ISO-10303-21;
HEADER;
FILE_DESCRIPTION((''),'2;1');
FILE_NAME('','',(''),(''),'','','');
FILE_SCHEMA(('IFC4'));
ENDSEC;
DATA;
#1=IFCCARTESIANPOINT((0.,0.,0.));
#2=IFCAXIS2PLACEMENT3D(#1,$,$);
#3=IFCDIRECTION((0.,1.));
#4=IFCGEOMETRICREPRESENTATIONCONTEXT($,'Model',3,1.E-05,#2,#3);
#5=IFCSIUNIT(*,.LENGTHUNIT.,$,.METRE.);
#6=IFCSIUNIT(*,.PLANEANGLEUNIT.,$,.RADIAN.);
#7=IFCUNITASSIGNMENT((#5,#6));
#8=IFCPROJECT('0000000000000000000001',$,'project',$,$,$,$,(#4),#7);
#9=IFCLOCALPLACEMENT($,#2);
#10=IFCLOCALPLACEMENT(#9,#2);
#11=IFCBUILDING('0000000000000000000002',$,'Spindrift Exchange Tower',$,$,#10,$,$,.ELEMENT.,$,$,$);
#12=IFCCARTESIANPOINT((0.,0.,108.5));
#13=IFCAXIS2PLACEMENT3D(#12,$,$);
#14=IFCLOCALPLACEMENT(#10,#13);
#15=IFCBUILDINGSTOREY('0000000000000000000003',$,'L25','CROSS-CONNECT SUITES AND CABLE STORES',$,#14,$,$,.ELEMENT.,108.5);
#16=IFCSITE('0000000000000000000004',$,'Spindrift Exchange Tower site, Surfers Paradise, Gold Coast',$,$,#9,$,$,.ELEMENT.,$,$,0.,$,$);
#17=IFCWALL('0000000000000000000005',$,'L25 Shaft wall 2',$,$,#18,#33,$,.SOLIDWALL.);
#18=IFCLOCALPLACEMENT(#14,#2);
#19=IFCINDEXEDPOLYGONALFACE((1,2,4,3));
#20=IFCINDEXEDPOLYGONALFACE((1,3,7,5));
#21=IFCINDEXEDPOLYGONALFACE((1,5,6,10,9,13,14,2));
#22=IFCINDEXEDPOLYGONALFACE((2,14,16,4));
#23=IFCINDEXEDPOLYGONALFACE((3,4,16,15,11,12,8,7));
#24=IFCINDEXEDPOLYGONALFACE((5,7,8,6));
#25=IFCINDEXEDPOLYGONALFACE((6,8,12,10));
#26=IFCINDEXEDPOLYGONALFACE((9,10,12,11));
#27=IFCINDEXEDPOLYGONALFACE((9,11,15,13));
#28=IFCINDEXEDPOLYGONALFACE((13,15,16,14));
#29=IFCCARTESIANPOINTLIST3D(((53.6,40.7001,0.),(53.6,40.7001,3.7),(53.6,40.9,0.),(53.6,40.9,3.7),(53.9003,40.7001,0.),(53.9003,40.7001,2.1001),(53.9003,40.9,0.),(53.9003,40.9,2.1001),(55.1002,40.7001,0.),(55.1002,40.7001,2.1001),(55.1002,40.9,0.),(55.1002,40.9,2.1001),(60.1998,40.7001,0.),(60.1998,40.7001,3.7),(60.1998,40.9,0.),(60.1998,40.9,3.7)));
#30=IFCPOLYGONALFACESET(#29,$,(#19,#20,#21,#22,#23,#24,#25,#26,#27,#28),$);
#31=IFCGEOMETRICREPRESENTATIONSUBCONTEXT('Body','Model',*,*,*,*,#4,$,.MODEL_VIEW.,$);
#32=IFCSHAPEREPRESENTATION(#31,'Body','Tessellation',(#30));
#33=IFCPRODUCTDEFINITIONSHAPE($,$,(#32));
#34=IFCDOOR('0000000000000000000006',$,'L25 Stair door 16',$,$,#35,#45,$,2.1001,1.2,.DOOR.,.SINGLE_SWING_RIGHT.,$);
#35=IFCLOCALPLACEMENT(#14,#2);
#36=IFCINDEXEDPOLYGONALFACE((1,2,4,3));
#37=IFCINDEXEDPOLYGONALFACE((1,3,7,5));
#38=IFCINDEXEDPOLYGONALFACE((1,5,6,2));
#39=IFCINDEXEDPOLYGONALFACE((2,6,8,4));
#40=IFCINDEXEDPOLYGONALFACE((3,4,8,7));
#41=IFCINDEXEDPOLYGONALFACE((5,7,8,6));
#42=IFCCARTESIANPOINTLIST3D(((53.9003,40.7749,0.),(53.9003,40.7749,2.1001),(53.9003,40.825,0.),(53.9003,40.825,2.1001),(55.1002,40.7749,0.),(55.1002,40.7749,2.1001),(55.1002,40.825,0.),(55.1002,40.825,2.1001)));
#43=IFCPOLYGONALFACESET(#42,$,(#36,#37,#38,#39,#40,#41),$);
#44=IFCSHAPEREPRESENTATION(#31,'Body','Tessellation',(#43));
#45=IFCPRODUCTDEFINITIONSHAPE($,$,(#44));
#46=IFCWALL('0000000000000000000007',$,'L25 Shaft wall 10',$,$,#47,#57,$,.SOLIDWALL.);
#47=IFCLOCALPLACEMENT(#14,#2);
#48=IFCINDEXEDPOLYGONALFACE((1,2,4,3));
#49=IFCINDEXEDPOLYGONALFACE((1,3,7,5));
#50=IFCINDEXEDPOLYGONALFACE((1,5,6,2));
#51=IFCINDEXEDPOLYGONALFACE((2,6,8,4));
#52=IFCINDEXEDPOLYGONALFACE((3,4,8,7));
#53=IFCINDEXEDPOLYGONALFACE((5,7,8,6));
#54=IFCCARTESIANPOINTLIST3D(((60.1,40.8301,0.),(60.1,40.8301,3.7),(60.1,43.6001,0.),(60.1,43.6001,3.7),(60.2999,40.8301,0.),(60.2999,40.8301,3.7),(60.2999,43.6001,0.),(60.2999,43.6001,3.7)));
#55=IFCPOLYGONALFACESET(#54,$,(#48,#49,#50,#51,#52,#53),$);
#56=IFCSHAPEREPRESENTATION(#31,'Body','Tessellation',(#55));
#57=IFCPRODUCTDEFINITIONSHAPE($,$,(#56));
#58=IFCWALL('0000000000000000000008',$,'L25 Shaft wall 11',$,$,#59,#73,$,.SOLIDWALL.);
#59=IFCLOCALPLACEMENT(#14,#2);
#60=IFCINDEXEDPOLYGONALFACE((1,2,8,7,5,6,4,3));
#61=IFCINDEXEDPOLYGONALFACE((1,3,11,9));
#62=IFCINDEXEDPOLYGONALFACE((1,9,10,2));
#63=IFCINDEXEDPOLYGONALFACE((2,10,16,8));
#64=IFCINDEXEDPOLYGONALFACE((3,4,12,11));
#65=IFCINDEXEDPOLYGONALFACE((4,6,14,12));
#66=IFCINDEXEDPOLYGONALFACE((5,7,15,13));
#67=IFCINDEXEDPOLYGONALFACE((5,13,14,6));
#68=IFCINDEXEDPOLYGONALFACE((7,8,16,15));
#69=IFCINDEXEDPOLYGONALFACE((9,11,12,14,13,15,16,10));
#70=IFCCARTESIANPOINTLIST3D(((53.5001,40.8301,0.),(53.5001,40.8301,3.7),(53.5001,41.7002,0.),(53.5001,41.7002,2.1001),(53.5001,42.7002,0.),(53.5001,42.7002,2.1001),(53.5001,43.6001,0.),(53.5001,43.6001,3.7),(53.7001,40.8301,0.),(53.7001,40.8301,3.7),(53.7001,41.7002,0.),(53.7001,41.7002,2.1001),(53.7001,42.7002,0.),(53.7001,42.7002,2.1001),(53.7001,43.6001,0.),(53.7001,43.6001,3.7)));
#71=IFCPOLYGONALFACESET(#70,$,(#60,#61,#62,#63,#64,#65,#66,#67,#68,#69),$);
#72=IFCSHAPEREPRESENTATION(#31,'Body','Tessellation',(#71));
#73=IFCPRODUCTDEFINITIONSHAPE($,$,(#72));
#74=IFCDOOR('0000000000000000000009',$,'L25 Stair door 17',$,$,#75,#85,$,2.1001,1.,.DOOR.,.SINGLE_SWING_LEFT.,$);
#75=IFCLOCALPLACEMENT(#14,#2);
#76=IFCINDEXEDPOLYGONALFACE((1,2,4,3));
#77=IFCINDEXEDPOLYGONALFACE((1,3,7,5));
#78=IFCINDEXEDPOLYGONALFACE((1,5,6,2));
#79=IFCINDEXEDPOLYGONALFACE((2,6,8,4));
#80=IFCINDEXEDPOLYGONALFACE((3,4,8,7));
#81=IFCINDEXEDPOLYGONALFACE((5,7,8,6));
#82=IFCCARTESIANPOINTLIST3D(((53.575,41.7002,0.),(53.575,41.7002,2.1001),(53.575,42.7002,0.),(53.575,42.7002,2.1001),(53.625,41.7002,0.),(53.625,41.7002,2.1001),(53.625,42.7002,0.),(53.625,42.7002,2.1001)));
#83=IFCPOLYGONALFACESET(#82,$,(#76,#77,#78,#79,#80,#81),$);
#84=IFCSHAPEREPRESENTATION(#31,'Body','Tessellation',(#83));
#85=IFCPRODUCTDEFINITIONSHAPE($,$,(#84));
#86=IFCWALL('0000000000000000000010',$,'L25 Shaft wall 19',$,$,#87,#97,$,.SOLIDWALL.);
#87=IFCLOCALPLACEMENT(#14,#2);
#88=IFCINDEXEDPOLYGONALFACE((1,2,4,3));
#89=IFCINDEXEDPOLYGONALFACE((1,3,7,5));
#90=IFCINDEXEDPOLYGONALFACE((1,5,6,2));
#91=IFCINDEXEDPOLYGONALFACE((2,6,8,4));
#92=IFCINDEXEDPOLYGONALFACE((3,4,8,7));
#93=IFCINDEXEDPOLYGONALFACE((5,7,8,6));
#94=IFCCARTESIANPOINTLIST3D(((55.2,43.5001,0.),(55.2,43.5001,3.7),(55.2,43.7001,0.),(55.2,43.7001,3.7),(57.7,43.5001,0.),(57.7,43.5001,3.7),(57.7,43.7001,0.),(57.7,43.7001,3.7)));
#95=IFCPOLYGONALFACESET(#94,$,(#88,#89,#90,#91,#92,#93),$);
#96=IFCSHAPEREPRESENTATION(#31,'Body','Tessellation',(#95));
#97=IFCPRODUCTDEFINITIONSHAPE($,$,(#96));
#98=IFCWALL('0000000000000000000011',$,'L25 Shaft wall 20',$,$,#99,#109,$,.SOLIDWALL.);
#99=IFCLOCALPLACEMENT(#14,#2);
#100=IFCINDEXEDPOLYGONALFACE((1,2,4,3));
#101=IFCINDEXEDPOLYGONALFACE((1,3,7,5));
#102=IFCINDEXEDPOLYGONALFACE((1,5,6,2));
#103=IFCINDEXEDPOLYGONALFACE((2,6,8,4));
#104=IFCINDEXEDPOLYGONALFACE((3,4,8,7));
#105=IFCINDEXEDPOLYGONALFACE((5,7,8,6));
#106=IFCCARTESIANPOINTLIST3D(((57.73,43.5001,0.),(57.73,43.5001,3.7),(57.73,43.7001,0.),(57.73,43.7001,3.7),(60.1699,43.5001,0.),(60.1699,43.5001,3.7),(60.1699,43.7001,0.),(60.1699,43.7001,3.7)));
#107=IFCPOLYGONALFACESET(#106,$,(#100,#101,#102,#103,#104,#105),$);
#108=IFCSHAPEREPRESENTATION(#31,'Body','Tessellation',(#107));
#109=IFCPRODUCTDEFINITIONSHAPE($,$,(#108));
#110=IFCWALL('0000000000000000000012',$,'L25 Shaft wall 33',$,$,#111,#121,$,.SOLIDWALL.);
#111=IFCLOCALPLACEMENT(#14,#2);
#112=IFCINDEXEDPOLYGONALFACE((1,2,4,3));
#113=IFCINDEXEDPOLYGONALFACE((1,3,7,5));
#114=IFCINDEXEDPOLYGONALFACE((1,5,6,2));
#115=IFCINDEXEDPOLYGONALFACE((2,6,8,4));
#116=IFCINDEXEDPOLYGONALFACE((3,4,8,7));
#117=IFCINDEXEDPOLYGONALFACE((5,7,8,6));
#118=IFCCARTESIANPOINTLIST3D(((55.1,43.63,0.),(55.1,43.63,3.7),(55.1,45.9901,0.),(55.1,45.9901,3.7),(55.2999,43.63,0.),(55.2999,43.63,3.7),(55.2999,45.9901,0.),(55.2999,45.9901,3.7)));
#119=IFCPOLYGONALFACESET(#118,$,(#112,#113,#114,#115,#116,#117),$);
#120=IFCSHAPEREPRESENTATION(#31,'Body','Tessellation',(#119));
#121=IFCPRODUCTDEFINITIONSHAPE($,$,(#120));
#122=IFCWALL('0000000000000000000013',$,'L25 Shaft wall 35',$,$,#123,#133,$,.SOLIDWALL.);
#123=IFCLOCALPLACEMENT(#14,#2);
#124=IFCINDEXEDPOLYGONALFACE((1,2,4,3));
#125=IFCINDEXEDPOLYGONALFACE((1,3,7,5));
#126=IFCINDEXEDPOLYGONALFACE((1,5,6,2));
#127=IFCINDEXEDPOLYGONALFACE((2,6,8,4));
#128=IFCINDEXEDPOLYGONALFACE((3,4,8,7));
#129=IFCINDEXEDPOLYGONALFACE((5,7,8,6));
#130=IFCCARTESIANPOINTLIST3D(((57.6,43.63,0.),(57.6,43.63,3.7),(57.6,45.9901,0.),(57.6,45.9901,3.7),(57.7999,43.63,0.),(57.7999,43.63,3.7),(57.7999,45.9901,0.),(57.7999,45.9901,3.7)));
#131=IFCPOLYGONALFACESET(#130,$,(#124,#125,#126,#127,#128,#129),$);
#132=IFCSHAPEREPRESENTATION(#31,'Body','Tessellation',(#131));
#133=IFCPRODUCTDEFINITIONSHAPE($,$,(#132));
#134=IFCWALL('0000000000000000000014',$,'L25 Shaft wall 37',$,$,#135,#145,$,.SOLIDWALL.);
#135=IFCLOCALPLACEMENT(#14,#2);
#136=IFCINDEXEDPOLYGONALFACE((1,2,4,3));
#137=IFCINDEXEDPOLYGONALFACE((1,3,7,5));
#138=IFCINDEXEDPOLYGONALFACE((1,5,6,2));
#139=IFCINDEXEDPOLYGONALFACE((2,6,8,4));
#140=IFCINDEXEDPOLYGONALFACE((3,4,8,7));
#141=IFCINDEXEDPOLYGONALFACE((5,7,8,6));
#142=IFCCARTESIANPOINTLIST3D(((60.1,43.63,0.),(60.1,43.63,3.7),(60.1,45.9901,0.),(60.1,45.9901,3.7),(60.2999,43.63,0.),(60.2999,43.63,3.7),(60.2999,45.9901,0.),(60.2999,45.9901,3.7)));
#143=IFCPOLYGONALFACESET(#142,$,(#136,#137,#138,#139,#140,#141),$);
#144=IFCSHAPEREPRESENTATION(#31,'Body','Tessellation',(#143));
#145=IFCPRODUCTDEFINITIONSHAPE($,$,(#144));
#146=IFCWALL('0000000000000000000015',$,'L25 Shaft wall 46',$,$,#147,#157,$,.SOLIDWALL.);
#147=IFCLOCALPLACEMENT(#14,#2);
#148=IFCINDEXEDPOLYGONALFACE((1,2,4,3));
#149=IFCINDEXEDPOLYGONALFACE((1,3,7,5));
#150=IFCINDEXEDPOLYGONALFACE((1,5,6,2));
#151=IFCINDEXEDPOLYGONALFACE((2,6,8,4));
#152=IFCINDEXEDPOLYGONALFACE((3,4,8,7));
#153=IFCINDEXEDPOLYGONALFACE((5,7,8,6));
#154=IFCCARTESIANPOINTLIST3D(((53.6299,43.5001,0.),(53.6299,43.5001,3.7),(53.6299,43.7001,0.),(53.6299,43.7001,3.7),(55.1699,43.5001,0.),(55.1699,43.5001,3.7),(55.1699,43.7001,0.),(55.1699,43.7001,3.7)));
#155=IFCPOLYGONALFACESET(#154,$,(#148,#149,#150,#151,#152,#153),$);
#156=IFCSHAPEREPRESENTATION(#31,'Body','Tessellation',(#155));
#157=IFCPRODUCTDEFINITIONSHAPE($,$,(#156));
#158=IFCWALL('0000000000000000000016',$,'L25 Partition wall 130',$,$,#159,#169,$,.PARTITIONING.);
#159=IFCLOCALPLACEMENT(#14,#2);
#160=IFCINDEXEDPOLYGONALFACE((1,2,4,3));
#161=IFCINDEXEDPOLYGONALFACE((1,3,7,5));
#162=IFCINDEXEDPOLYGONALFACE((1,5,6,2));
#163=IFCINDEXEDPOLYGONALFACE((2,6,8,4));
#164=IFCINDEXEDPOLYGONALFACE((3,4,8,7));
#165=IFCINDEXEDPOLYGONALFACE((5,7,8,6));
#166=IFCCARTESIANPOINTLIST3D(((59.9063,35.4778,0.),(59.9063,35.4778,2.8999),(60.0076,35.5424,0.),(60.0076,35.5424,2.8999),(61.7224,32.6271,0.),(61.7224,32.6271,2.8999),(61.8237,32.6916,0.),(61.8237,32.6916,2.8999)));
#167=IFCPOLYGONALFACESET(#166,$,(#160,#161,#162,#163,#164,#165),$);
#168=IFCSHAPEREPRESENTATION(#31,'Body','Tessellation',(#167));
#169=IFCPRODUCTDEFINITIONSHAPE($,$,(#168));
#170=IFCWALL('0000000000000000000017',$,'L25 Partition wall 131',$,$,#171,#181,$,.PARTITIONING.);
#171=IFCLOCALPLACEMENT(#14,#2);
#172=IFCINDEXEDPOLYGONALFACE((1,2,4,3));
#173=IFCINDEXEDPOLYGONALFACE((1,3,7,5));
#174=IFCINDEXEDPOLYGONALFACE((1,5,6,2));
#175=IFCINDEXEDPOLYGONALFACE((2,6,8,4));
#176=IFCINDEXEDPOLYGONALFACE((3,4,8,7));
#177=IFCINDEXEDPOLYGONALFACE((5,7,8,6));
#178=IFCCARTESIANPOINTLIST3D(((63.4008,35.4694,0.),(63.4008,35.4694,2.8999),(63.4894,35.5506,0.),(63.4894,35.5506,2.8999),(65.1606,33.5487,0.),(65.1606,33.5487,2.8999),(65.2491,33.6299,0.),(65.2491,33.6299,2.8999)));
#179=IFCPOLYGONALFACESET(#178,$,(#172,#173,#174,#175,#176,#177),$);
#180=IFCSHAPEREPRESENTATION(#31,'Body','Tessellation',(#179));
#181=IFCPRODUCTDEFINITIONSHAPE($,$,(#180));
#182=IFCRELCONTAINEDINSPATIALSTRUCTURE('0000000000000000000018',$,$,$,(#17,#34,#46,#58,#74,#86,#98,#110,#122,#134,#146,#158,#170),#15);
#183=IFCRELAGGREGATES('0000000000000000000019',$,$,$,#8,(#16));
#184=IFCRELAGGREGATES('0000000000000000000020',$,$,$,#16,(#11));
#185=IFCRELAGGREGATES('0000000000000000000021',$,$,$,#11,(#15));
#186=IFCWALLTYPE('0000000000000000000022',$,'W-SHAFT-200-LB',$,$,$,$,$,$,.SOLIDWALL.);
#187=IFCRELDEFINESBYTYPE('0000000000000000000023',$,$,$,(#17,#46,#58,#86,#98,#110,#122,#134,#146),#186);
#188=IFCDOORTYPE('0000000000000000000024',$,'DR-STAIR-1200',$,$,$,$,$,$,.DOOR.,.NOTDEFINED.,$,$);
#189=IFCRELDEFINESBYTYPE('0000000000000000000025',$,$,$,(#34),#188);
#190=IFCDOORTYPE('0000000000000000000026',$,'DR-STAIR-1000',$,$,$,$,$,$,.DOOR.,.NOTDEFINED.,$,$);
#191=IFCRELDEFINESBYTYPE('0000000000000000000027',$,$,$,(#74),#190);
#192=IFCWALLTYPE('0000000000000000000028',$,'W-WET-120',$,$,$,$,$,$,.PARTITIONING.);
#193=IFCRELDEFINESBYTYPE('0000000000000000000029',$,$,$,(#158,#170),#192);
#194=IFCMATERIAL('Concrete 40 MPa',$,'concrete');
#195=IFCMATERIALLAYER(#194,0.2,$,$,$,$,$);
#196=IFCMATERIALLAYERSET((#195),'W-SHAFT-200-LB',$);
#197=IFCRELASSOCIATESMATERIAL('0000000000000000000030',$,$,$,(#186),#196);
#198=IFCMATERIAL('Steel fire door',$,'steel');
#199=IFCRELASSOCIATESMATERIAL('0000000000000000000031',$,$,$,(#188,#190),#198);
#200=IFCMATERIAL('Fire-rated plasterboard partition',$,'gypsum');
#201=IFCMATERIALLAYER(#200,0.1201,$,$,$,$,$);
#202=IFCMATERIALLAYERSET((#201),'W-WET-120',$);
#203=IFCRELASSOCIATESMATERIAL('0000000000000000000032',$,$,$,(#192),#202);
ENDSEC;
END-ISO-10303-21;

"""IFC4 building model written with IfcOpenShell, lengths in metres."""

from ifc_helpers import new_model, si_unit, direction, frame, frame_2d, origin, place, context, subcontext, project, spatial, rectangle, extrude, source, transform, mapped, material, layer, layer_set, type_object, element, fill, save


model = new_model("IFC4")

# Units and contexts
model_context = context("Model", 3, precision=1e-05, world=origin(), true_north=direction((0.0, 1.0)))
body_context = subcontext(model_context, "Body", "Model", "MODEL_VIEW")
ifc_project = project(units=[si_unit("LENGTHUNIT", "METRE"), si_unit("PLANEANGLEUNIT", "RADIAN")], contexts=[model_context])

# Site, building, storey
site_placement = place(None, origin())
site = spatial("IfcSite", under=ifc_project, at=site_placement, Name="Spindrift Exchange Tower site, Surfers Paradise, Gold Coast", CompositionType="ELEMENT", RefElevation=0.0)
building_placement = place(site_placement, origin())
building = spatial("IfcBuilding", under=site, at=building_placement, Name="Spindrift Exchange Tower", CompositionType="ELEMENT")
storey_placement = place(building_placement, frame((0.0, 0.0, 108.5)))
storey = spatial("IfcBuildingStorey", under=building, at=storey_placement, Name="L25", Description="CROSS-CONNECT SUITES AND CABLE STORES", CompositionType="ELEMENT", Elevation=108.5)

# Shared definitions
ifc_material_1 = material(Name="Fire-rated plasterboard partition", Category="gypsum")

# Wall, opening, door
ifc_material_2 = material(Name="Concrete 40 MPa", Category="concrete")
ifc_layer_1 = layer(ifc_material_2, 0.2)
ifc_layer_set_1 = layer_set([ifc_layer_1], Name="W-SHAFT-200-LB")
wall_type_1 = type_object("IfcWallType", Name="W-SHAFT-200-LB", PredefinedType="SOLIDWALL", material=ifc_layer_set_1)
wall_1_placement = place(storey_placement, frame((53.6001, 40.8, 0.0), z_axis=(0.0, 0.0, 1.0), x_axis=(1.0, 0.0, 0.0)))
wall_1 = element("IfcWall", 1, at=wall_1_placement, inside=storey, type_object=wall_type_1, Name="L25 Shaft wall 2", PredefinedType="SOLIDWALL", context=body_context, shape_type="SweptSolid", body=[
    extrude(rectangle(XDim=6.5999, YDim=0.2, at=frame_2d((3.2998, 0.0))), origin(), (0.0, 0.0, 1.0), 3.7),
])
opening_1_placement = place(wall_1_placement, frame((0.3, 0.0, 0.0)))
opening_1 = element("IfcOpeningElement", 2, at=opening_1_placement, cuts=wall_1, PredefinedType="OPENING", context=body_context, shape_type="SweptSolid", body=[
    extrude(rectangle(XDim=1.2, YDim=2.1001, at=frame_2d((0.6001, 1.05))), frame((0.0, 0.1099, 0.0), z_axis=(0.0, -1.0, 0.0), x_axis=(1.0, 0.0, 0.0)), (0.0, 0.0, 1.0), 0.22),
])
ifc_material_3 = material(Name="Steel fire door", Category="steel")
door_type_1 = type_object("IfcDoorType", Name="DR-STAIR-1200", OperationType="NOTDEFINED", PredefinedType="DOOR", material=ifc_material_3)
shared_shape_1 = source(origin(), body_context, "Body", "SweptSolid", [
    extrude(rectangle(XDim=1.2, YDim=2.1001, at=frame_2d((0.6001, 1.05))), frame((0.0, 0.0249, 0.0), z_axis=(0.0, -1.0, 0.0), x_axis=(1.0, 0.0, 0.0)), (0.0, 0.0, 1.0), 0.05),
])
door_1_placement = place(opening_1_placement, origin())
door_1 = element("IfcDoor", 3, at=door_1_placement, inside=storey, type_object=door_type_1, Name="L25 Stair door 16", OperationType="SINGLE_SWING_RIGHT", OverallHeight=2.1001, OverallWidth=1.2, PredefinedType="DOOR", context=body_context, shape_type="MappedRepresentation", body=[
    mapped(shared_shape_1, transform((0.0, 0.0, 0.0), scale=1.0)),
])
fill(opening_1, door_1)

# Wall
wall_2_placement = place(storey_placement, frame((60.2, 40.8301, 0.0), z_axis=(0.0, 0.0, 1.0), x_axis=(0.0, 1.0, 0.0)))
element("IfcWall", 4, at=wall_2_placement, inside=storey, type_object=wall_type_1, Name="L25 Shaft wall 10", PredefinedType="SOLIDWALL", context=body_context, shape_type="SweptSolid", body=[
    extrude(rectangle(XDim=2.77, YDim=0.2, at=frame_2d((1.385, 0.0))), origin(), (0.0, 0.0, 1.0), 3.7),
])

# Wall, opening, door
wall_3_placement = place(storey_placement, frame((53.6001, 43.6001, 0.0), z_axis=(0.0, 0.0, 1.0), x_axis=(0.0, -1.0, 0.0)))
wall_3 = element("IfcWall", 5, at=wall_3_placement, inside=storey, type_object=wall_type_1, Name="L25 Shaft wall 11", PredefinedType="SOLIDWALL", context=body_context, shape_type="SweptSolid", body=[
    extrude(rectangle(XDim=2.77, YDim=0.2, at=frame_2d((1.385, 0.0))), origin(), (0.0, 0.0, 1.0), 3.7),
])
opening_2_placement = place(wall_3_placement, frame((0.8999, 0.0, 0.0)))
opening_2 = element("IfcOpeningElement", 6, at=opening_2_placement, cuts=wall_3, PredefinedType="OPENING", context=body_context, shape_type="SweptSolid", body=[
    extrude(rectangle(XDim=1.0, YDim=2.1001, at=frame_2d((0.5, 1.05))), frame((0.0, 0.1099, 0.0), z_axis=(0.0, -1.0, 0.0), x_axis=(1.0, 0.0, 0.0)), (0.0, 0.0, 1.0), 0.22),
])
door_type_2 = type_object("IfcDoorType", Name="DR-STAIR-1000", OperationType="NOTDEFINED", PredefinedType="DOOR", material=ifc_material_3)
shared_shape_2 = source(origin(), body_context, "Body", "SweptSolid", [
    extrude(rectangle(XDim=1.0, YDim=2.1001, at=frame_2d((0.5, 1.05))), frame((0.0, 0.0249, 0.0), z_axis=(0.0, -1.0, 0.0), x_axis=(1.0, 0.0, 0.0)), (0.0, 0.0, 1.0), 0.05),
])
door_2_placement = place(opening_2_placement, origin())
door_2 = element("IfcDoor", 7, at=door_2_placement, inside=storey, type_object=door_type_2, Name="L25 Stair door 17", OperationType="SINGLE_SWING_LEFT", OverallHeight=2.1001, OverallWidth=1.0, PredefinedType="DOOR", context=body_context, shape_type="MappedRepresentation", body=[
    mapped(shared_shape_2, transform((0.0, 0.0, 0.0), scale=1.0)),
])
fill(opening_2, door_2)

# Walls
wall_4_placement = place(storey_placement, frame((55.2, 43.6001, 0.0), z_axis=(0.0, 0.0, 1.0), x_axis=(1.0, 0.0, 0.0)))
element("IfcWall", 8, at=wall_4_placement, inside=storey, type_object=wall_type_1, Name="L25 Shaft wall 19", PredefinedType="SOLIDWALL", context=body_context, shape_type="SweptSolid", body=[
    extrude(rectangle(XDim=2.5, YDim=0.2, at=frame_2d((1.25, 0.0))), origin(), (0.0, 0.0, 1.0), 3.7),
])
wall_5_placement = place(storey_placement, frame((57.73, 43.6001, 0.0), z_axis=(0.0, 0.0, 1.0), x_axis=(1.0, 0.0, 0.0)))
element("IfcWall", 9, at=wall_5_placement, inside=storey, type_object=wall_type_1, Name="L25 Shaft wall 20", PredefinedType="SOLIDWALL", context=body_context, shape_type="SweptSolid", body=[
    extrude(rectangle(XDim=2.4399, YDim=0.2, at=frame_2d((1.22, 0.0))), origin(), (0.0, 0.0, 1.0), 3.7),
])
for number, where, z_axis, x_axis, name in (
    (10, (55.2, 43.6299, 0.0), (0.0, 0.0, 1.0), (0.0, 1.0, 0.0), "L25 Shaft wall 33"),
    (11, (57.7, 43.6299, 0.0), (0.0, 0.0, 1.0), (0.0, 1.0, 0.0), "L25 Shaft wall 35"),
    (12, (60.2, 43.6299, 0.0), (0.0, 0.0, 1.0), (0.0, 1.0, 0.0), "L25 Shaft wall 37"),
):
    element("IfcWall", number, at=place(storey_placement, frame(where, z_axis=z_axis, x_axis=x_axis)), inside=storey, type_object=wall_type_1, Name=name, PredefinedType="SOLIDWALL", context=body_context, shape_type="SweptSolid", body=[
        extrude(rectangle(XDim=2.3601, YDim=0.2, at=frame_2d((1.1802, 0.0))), origin(), (0.0, 0.0, 1.0), 3.7),
    ])
wall_6_placement = place(storey_placement, frame((53.6299, 43.6001, 0.0), z_axis=(0.0, 0.0, 1.0), x_axis=(1.0, 0.0, 0.0)))
element("IfcWall", 13, at=wall_6_placement, inside=storey, type_object=wall_type_1, Name="L25 Shaft wall 46", PredefinedType="SOLIDWALL", context=body_context, shape_type="SweptSolid", body=[
    extrude(rectangle(XDim=1.54, YDim=0.2, at=frame_2d((0.77, 0.0))), origin(), (0.0, 0.0, 1.0), 3.7),
])
ifc_layer_2 = layer(ifc_material_1, 0.1201)
ifc_layer_set_2 = layer_set([ifc_layer_2], Name="W-WET-120")
wall_type_2 = type_object("IfcWallType", Name="W-WET-120", PredefinedType="PARTITIONING", material=ifc_layer_set_2)
wall_7_placement = place(storey_placement, frame((59.957, 35.51, 0.0), z_axis=(0.0, 0.0, 1.0), x_axis=(0.537296, -0.843394, 0.0)))
element("IfcWall", 14, at=wall_7_placement, inside=storey, type_object=wall_type_2, Name="L25 Partition wall 130", PredefinedType="PARTITIONING", context=body_context, shape_type="SweptSolid", body=[
    extrude(rectangle(XDim=3.3801, YDim=0.1201, at=frame_2d((1.6899, 0.0))), origin(), (0.0, 0.0, 1.0), 2.8999),
])
wall_8_placement = place(storey_placement, frame((63.4451, 35.51, 0.0), z_axis=(0.0, 0.0, 1.0), x_axis=(0.675551, -0.737314, 0.0)))
element("IfcWall", 15, at=wall_8_placement, inside=storey, type_object=wall_type_2, Name="L25 Partition wall 131", PredefinedType="PARTITIONING", context=body_context, shape_type="SweptSolid", body=[
    extrude(rectangle(XDim=2.605, YDim=0.1201, at=frame_2d((1.3025, 0.0))), origin(), (0.0, 0.0, 1.0), 2.8999),
])

save(model, "model.ifc")
